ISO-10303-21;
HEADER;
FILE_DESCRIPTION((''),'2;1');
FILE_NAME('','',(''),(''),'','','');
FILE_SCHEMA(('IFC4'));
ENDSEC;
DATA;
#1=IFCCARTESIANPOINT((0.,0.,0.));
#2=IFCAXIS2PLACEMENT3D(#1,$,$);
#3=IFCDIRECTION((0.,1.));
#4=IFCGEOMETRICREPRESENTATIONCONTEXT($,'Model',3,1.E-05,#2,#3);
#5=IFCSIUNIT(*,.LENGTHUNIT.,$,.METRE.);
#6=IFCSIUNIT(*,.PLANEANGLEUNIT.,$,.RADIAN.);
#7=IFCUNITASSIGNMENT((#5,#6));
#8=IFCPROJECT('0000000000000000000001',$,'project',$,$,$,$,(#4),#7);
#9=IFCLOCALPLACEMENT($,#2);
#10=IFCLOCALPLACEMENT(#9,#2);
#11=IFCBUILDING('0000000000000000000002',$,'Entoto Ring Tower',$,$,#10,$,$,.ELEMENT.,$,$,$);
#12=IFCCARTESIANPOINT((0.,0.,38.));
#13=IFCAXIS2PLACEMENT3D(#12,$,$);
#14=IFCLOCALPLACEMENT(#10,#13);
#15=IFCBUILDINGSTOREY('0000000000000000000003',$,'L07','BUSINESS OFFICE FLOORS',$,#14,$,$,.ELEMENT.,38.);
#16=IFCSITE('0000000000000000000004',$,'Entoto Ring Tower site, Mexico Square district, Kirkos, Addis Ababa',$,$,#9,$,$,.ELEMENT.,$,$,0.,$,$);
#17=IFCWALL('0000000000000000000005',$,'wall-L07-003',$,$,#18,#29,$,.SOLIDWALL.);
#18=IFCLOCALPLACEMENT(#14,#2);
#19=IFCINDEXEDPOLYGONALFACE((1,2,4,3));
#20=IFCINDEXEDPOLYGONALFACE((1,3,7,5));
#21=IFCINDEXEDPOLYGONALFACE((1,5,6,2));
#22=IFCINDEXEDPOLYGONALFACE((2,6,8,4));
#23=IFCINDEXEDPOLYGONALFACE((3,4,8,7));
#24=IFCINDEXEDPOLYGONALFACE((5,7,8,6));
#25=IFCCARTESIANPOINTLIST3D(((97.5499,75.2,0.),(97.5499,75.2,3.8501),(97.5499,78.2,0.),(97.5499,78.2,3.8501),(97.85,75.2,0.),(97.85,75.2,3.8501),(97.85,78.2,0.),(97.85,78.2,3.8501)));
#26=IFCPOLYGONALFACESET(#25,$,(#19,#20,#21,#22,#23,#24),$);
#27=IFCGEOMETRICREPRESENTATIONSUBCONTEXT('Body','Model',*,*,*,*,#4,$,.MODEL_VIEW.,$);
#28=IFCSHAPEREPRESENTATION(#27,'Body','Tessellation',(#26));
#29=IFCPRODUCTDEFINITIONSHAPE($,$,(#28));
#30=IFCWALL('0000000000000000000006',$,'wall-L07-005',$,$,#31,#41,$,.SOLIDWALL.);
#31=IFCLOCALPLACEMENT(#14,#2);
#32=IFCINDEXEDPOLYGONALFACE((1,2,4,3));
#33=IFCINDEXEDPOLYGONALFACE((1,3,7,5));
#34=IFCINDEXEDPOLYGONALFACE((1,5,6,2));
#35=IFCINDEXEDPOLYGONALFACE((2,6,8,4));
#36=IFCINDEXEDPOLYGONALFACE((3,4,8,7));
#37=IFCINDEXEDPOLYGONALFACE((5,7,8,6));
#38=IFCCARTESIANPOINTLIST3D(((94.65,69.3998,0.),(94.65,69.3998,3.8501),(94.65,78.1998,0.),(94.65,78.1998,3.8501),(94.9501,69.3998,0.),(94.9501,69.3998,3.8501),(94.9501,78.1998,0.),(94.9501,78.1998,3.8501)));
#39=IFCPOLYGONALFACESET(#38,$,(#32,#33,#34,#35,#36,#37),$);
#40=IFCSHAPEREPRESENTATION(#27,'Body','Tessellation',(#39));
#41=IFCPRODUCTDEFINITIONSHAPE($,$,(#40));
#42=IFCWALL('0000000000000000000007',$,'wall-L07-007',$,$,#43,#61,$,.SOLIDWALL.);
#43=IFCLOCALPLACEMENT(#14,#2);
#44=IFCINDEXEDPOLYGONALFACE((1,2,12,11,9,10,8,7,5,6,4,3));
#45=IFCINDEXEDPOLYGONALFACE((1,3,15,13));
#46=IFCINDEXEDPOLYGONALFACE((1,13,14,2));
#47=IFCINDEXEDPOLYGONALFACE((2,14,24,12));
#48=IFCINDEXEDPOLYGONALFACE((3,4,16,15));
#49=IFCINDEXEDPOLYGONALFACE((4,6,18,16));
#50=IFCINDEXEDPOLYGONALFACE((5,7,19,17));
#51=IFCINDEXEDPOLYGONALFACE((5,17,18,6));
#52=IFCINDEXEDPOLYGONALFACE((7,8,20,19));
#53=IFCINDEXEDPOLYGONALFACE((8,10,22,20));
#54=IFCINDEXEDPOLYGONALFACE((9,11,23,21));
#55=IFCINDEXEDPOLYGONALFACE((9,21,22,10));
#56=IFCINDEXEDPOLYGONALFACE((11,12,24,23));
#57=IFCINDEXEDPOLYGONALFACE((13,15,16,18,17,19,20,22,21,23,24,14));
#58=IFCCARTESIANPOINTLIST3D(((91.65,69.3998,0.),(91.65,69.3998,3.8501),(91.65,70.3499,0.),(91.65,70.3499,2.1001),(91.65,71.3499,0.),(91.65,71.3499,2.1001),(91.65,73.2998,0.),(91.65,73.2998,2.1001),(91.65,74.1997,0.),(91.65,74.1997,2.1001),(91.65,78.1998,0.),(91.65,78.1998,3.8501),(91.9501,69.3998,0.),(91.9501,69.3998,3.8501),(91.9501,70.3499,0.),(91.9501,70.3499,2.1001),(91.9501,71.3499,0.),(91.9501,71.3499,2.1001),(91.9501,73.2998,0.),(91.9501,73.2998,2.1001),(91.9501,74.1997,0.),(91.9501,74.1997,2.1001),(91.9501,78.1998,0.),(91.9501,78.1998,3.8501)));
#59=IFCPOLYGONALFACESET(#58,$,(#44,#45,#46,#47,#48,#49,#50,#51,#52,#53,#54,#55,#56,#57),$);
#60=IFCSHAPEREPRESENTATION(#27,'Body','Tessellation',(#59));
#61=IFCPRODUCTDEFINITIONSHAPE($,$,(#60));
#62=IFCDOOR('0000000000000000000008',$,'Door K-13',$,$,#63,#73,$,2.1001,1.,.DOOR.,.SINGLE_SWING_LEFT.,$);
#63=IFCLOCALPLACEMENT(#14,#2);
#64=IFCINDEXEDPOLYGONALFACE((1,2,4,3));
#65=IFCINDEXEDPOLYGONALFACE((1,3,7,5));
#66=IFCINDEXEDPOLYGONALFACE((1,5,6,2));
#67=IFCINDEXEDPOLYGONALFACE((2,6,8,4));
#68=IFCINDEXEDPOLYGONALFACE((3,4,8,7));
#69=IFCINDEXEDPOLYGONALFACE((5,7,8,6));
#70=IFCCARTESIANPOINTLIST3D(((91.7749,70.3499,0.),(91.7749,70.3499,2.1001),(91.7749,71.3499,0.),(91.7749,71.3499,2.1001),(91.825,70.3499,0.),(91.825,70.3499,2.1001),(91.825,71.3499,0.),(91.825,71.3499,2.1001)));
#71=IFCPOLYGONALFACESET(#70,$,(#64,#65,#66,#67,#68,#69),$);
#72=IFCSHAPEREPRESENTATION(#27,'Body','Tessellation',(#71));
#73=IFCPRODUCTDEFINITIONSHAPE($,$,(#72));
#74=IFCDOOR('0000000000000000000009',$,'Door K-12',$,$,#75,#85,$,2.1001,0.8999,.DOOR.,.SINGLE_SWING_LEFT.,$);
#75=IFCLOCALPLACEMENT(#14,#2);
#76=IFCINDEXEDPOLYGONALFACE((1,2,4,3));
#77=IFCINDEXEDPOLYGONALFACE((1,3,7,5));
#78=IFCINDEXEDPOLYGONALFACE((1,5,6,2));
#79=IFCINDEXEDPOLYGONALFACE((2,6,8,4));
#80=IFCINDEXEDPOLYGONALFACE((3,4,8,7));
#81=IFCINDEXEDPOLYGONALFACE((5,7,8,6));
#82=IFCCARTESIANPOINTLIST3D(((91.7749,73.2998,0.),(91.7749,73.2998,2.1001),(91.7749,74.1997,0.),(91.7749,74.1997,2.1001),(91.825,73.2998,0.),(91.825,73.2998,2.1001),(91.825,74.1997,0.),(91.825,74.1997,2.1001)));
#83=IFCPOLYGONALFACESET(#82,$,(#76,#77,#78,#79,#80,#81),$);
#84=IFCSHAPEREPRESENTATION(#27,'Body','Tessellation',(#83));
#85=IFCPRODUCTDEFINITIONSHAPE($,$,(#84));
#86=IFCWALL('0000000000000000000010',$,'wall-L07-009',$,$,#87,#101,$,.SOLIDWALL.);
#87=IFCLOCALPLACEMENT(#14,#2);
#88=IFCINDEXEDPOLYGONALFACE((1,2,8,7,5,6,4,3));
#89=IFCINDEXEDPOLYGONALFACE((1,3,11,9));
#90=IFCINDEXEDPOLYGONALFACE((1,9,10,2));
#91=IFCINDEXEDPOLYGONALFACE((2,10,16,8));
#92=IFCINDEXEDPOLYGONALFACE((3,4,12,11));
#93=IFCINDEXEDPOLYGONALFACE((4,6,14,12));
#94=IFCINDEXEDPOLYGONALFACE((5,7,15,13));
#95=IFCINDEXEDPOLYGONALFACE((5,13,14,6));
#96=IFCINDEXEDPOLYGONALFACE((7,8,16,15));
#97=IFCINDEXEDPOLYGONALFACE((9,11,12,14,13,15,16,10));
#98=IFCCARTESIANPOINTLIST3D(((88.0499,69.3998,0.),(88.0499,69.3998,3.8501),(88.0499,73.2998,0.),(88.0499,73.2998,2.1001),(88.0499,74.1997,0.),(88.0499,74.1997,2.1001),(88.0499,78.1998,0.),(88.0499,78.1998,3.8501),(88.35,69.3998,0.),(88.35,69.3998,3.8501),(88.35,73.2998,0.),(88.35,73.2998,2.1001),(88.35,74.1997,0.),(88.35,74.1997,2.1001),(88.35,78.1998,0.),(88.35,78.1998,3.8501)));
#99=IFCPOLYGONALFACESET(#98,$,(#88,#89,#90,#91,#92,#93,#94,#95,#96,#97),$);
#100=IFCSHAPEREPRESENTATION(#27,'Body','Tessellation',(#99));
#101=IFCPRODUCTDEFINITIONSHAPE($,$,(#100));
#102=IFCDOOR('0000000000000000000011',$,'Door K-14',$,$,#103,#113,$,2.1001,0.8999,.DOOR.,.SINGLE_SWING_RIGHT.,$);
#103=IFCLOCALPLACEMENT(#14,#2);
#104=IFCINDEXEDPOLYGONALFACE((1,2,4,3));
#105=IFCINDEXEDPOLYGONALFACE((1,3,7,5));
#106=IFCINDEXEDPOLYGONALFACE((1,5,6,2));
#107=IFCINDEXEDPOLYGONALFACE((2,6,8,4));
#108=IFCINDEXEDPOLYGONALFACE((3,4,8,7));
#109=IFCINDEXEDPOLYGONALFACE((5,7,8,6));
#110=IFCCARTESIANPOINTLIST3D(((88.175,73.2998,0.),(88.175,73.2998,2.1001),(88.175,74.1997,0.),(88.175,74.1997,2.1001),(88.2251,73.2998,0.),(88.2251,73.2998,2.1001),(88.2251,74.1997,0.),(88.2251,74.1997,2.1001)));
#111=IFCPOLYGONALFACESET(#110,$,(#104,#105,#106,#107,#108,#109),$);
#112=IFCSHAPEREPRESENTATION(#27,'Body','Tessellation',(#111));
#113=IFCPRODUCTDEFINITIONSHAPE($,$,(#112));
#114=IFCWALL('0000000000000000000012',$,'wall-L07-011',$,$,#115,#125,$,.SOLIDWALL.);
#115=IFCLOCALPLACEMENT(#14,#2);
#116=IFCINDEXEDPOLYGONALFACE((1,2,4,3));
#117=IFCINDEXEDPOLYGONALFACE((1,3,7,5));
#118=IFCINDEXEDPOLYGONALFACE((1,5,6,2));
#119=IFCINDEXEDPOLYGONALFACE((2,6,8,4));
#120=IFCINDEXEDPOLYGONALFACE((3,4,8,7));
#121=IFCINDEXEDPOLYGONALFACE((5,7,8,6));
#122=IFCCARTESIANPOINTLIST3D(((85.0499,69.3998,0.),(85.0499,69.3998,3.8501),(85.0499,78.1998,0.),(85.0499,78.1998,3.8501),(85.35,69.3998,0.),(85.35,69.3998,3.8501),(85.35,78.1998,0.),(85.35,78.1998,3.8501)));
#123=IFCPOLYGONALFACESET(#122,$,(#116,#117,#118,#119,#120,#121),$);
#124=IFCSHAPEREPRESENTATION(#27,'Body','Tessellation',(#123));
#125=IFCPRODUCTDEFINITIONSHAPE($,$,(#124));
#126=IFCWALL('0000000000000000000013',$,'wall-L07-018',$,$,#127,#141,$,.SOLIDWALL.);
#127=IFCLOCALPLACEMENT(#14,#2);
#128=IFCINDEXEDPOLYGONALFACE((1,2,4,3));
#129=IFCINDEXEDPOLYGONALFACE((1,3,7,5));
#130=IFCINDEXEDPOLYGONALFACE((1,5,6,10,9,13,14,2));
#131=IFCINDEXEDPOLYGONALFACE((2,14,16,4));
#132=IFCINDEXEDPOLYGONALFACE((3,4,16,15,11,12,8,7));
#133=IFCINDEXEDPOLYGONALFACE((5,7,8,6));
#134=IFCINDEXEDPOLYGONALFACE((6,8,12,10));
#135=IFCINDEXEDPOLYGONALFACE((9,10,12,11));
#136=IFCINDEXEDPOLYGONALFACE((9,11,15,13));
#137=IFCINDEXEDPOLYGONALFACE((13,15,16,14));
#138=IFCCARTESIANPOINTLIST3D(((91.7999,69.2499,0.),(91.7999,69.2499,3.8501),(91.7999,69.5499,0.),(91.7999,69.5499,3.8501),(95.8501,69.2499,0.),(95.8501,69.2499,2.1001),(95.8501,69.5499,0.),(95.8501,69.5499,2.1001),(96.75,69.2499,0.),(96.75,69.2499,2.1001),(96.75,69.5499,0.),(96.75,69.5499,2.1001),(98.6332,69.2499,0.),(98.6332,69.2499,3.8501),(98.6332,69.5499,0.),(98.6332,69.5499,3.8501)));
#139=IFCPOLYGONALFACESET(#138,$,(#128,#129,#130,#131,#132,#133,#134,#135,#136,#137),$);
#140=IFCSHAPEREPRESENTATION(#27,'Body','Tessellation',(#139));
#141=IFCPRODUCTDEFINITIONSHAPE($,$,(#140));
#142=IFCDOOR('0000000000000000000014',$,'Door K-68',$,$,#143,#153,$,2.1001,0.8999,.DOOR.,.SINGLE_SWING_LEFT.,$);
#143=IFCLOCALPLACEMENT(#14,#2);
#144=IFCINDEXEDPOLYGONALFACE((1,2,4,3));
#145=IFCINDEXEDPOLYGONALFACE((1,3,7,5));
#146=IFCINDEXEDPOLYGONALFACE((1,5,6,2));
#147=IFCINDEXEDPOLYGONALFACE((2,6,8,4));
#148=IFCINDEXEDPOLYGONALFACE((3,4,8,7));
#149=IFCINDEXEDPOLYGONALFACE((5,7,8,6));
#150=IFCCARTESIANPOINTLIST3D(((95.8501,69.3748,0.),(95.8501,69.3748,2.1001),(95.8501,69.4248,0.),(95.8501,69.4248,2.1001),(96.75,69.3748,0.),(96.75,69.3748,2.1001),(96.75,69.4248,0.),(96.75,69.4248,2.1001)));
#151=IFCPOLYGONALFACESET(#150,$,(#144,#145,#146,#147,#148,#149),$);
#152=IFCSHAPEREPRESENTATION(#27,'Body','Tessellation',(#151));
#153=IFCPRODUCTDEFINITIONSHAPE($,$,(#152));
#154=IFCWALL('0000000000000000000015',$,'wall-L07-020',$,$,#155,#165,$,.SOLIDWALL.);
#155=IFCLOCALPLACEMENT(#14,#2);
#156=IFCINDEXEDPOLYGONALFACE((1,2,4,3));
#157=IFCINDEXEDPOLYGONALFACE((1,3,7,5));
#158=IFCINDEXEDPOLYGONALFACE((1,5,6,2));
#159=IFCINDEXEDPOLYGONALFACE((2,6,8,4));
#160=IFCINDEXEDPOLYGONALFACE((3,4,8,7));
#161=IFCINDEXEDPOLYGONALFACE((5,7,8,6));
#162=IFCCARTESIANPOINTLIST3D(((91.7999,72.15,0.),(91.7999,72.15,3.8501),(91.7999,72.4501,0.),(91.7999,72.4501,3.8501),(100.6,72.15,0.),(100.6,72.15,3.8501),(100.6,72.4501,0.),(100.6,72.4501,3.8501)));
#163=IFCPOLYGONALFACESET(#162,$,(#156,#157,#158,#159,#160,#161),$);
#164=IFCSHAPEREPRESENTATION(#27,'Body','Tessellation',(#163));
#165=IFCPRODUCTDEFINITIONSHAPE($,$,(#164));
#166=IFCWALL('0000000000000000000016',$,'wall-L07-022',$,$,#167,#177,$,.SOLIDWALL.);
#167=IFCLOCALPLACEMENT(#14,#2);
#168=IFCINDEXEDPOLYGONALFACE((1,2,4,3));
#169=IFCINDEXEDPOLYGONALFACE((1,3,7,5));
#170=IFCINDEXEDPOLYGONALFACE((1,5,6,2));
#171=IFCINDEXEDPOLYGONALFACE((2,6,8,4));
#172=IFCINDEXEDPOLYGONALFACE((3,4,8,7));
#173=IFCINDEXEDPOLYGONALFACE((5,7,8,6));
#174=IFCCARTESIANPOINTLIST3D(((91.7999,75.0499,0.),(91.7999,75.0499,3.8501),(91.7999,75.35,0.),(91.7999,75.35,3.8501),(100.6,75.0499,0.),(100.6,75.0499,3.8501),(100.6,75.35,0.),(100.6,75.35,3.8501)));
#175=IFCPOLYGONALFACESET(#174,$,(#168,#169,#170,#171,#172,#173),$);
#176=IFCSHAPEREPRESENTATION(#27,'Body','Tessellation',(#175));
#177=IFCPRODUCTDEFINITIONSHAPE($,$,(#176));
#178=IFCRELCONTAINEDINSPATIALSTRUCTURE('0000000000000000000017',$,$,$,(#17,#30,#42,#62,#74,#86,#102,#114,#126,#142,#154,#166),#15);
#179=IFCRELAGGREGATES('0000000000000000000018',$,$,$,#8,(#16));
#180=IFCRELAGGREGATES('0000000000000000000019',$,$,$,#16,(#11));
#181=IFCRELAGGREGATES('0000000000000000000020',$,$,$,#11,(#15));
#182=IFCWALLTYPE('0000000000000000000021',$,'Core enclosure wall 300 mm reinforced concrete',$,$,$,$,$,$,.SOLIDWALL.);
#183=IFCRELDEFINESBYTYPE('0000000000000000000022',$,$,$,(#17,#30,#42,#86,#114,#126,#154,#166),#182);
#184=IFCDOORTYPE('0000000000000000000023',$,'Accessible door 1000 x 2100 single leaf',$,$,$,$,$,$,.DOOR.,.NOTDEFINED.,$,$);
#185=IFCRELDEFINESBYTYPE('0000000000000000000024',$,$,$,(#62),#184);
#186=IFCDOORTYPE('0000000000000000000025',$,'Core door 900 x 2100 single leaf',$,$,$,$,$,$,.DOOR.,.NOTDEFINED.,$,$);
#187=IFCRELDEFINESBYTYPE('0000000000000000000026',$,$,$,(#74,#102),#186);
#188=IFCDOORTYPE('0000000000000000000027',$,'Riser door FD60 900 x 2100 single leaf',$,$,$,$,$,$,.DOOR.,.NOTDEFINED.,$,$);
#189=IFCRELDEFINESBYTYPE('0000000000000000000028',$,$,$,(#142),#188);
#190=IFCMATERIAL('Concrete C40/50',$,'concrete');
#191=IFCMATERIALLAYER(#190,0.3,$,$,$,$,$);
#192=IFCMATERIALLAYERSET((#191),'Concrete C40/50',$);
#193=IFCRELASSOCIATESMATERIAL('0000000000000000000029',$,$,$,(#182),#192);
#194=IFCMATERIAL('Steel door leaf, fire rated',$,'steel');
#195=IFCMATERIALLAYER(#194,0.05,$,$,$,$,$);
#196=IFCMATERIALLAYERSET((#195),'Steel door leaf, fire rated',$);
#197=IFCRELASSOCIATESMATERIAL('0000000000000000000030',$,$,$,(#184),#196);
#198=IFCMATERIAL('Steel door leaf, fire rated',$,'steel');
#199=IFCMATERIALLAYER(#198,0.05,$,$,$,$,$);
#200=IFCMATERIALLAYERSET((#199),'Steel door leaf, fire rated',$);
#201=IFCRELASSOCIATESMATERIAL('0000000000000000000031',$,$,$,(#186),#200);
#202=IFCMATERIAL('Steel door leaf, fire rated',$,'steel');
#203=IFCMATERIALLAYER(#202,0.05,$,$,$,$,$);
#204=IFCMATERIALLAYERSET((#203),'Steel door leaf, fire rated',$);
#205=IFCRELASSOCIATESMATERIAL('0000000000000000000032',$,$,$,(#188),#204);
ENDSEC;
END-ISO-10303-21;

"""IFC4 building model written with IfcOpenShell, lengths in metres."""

from ifc_helpers import new_model, si_unit, direction, frame, frame_2d, origin, place, context, subcontext, project, spatial, rectangle, extrude, material, layer, layer_set, type_object, element, fill, save


model = new_model("IFC4")

# Units and contexts
model_context = context("Model", 3, precision=1e-05, world=origin(), true_north=direction((0.0, 1.0)))
body_context = subcontext(model_context, "Body", "Model", "MODEL_VIEW")
ifc_project = project(units=[si_unit("LENGTHUNIT", "METRE"), si_unit("PLANEANGLEUNIT", "RADIAN")], contexts=[model_context])

# Site, building, storey
site_placement = place(None, origin())
site = spatial("IfcSite", under=ifc_project, at=site_placement, Name="Entoto Ring Tower site, Mexico Square district, Kirkos, Addis Ababa", CompositionType="ELEMENT", RefElevation=0.0)
building_placement = place(site_placement, origin())
building = spatial("IfcBuilding", under=site, at=building_placement, Name="Entoto Ring Tower", CompositionType="ELEMENT")
storey_placement = place(building_placement, frame((0.0, 0.0, 38.0)))
storey = spatial("IfcBuildingStorey", under=building, at=storey_placement, Name="L07", Description="BUSINESS OFFICE FLOORS", CompositionType="ELEMENT", Elevation=38.0)

# Walls
ifc_material_1 = material(Name="Concrete C40/50", Category="concrete")
ifc_layer_1 = layer(ifc_material_1, 0.3)
ifc_layer_set_1 = layer_set([ifc_layer_1], Name="Concrete C40/50")
wall_type_1 = type_object("IfcWallType", Name="Core enclosure wall 300 mm reinforced concrete", PredefinedType="SOLIDWALL", material=ifc_layer_set_1)
wall_1_placement = place(storey_placement, frame((97.7, 75.2, 0.0), z_axis=(0.0, 0.0, 1.0), x_axis=(0.0, 1.0, 0.0)))
element("IfcWall", 1, at=wall_1_placement, inside=storey, type_object=wall_type_1, Name="wall-L07-003", PredefinedType="SOLIDWALL", context=body_context, shape_type="SweptSolid", body=[
    extrude(rectangle(XDim=3.0, YDim=0.3, at=frame_2d((1.5, 0.0))), origin(), (0.0, 0.0, 1.0), 3.8501),
])
wall_2_placement = place(storey_placement, frame((94.8, 69.3999, 0.0), z_axis=(0.0, 0.0, 1.0), x_axis=(0.0, 1.0, 0.0)))
element("IfcWall", 2, at=wall_2_placement, inside=storey, type_object=wall_type_1, Name="wall-L07-005", PredefinedType="SOLIDWALL", context=body_context, shape_type="SweptSolid", body=[
    extrude(rectangle(XDim=8.8, YDim=0.3, at=frame_2d((4.3999, 0.0))), origin(), (0.0, 0.0, 1.0), 3.8501),
])

# Wall, openings, doors
wall_3_placement = place(storey_placement, frame((91.8, 69.3999, 0.0), z_axis=(0.0, 0.0, 1.0), x_axis=(0.0, 1.0, 0.0)))
wall_3 = element("IfcWall", 3, at=wall_3_placement, inside=storey, type_object=wall_type_1, Name="wall-L07-007", PredefinedType="SOLIDWALL", context=body_context, shape_type="SweptSolid", body=[
    extrude(rectangle(XDim=8.8, YDim=0.3, at=frame_2d((4.3999, 0.0))), origin(), (0.0, 0.0, 1.0), 3.8501),
])
opening_1_placement = place(wall_3_placement, frame((3.8999, 0.0, 0.0)))
opening_1 = element("IfcOpeningElement", 4, at=opening_1_placement, cuts=wall_3, PredefinedType="OPENING", context=body_context, shape_type="SweptSolid", body=[
    extrude(rectangle(XDim=0.8999, YDim=2.1001, at=frame_2d((0.45, 1.05))), frame((0.0, 0.1602, 0.0), z_axis=(0.0, -1.0, 0.0), x_axis=(1.0, 0.0, 0.0)), (0.0, 0.0, 1.0), 0.3201),
])
opening_2_placement = place(wall_3_placement, frame((0.95, 0.0, 0.0)))
opening_2 = element("IfcOpeningElement", 5, at=opening_2_placement, cuts=wall_3, PredefinedType="OPENING", context=body_context, shape_type="SweptSolid", body=[
    extrude(rectangle(XDim=1.0, YDim=2.1001, at=frame_2d((0.5, 1.05))), frame((0.0, 0.1602, 0.0), z_axis=(0.0, -1.0, 0.0), x_axis=(1.0, 0.0, 0.0)), (0.0, 0.0, 1.0), 0.3201),
])
ifc_material_2 = material(Name="Steel door leaf, fire rated", Category="steel")
ifc_layer_2 = layer(ifc_material_2, 0.05)
ifc_layer_set_2 = layer_set([ifc_layer_2], Name="Steel door leaf, fire rated")
door_type_1 = type_object("IfcDoorType", Name="Accessible door 1000 x 2100 single leaf", OperationType="NOTDEFINED", PredefinedType="DOOR", material=ifc_layer_set_2)
door_1_placement = place(opening_2_placement, frame((1.0, 0.0, 0.0), z_axis=(0.0, 0.0, 1.0), x_axis=(-1.0, 0.0, 0.0)))
door_1 = element("IfcDoor", 6, at=door_1_placement, inside=storey, type_object=door_type_1, Name="Door K-13", OperationType="SINGLE_SWING_LEFT", OverallHeight=2.1001, OverallWidth=1.0, PredefinedType="DOOR", context=body_context, shape_type="SweptSolid", body=[
    extrude(rectangle(XDim=1.0, YDim=2.1001, at=frame_2d((0.5, 1.05))), frame((0.0, 0.0249, 0.0), z_axis=(0.0, -1.0, 0.0), x_axis=(1.0, 0.0, 0.0)), (0.0, 0.0, 1.0), 0.05),
])
fill(opening_2, door_1)
ifc_material_3 = material(Name="Steel door leaf, fire rated", Category="steel")
ifc_layer_3 = layer(ifc_material_3, 0.05)
ifc_layer_set_3 = layer_set([ifc_layer_3], Name="Steel door leaf, fire rated")
door_type_2 = type_object("IfcDoorType", Name="Core door 900 x 2100 single leaf", OperationType="NOTDEFINED", PredefinedType="DOOR", material=ifc_layer_set_3)
door_2_placement = place(opening_1_placement, frame((0.8999, 0.0, 0.0), z_axis=(0.0, 0.0, 1.0), x_axis=(-1.0, 0.0, 0.0)))
door_2 = element("IfcDoor", 7, at=door_2_placement, inside=storey, type_object=door_type_2, Name="Door K-12", OperationType="SINGLE_SWING_LEFT", OverallHeight=2.1001, OverallWidth=0.8999, PredefinedType="DOOR", context=body_context, shape_type="SweptSolid", body=[
    extrude(rectangle(XDim=0.8999, YDim=2.1001, at=frame_2d((0.45, 1.05))), frame((0.0, 0.0249, 0.0), z_axis=(0.0, -1.0, 0.0), x_axis=(1.0, 0.0, 0.0)), (0.0, 0.0, 1.0), 0.05),
])
fill(opening_1, door_2)

# Wall, opening, door
wall_4_placement = place(storey_placement, frame((88.2, 69.3999, 0.0), z_axis=(0.0, 0.0, 1.0), x_axis=(0.0, 1.0, 0.0)))
wall_4 = element("IfcWall", 8, at=wall_4_placement, inside=storey, type_object=wall_type_1, Name="wall-L07-009", PredefinedType="SOLIDWALL", context=body_context, shape_type="SweptSolid", body=[
    extrude(rectangle(XDim=8.8, YDim=0.3, at=frame_2d((4.3999, 0.0))), origin(), (0.0, 0.0, 1.0), 3.8501),
])
opening_3_placement = place(wall_4_placement, frame((3.8999, 0.0, 0.0)))
opening_3 = element("IfcOpeningElement", 9, at=opening_3_placement, cuts=wall_4, PredefinedType="OPENING", context=body_context, shape_type="SweptSolid", body=[
    extrude(rectangle(XDim=0.8999, YDim=2.1001, at=frame_2d((0.45, 1.05))), frame((0.0, 0.1602, 0.0), z_axis=(0.0, -1.0, 0.0), x_axis=(1.0, 0.0, 0.0)), (0.0, 0.0, 1.0), 0.3201),
])
door_3_placement = place(opening_3_placement, origin())
door_3 = element("IfcDoor", 10, at=door_3_placement, inside=storey, type_object=door_type_2, Name="Door K-14", OperationType="SINGLE_SWING_RIGHT", OverallHeight=2.1001, OverallWidth=0.8999, PredefinedType="DOOR", context=body_context, shape_type="SweptSolid", body=[
    extrude(rectangle(XDim=0.8999, YDim=2.1001, at=frame_2d((0.45, 1.05))), frame((0.0, 0.0249, 0.0), z_axis=(0.0, -1.0, 0.0), x_axis=(1.0, 0.0, 0.0)), (0.0, 0.0, 1.0), 0.05),
])
fill(opening_3, door_3)

# Wall
wall_5_placement = place(storey_placement, frame((85.2, 69.3999, 0.0), z_axis=(0.0, 0.0, 1.0), x_axis=(0.0, 1.0, 0.0)))
element("IfcWall", 11, at=wall_5_placement, inside=storey, type_object=wall_type_1, Name="wall-L07-011", PredefinedType="SOLIDWALL", context=body_context, shape_type="SweptSolid", body=[
    extrude(rectangle(XDim=8.8, YDim=0.3, at=frame_2d((4.3999, 0.0))), origin(), (0.0, 0.0, 1.0), 3.8501),
])

# Wall, opening, door
wall_6_placement = place(storey_placement, frame((91.8, 69.3999, 0.0), z_axis=(0.0, 0.0, 1.0), x_axis=(1.0, 0.0, 0.0)))
wall_6 = element("IfcWall", 12, at=wall_6_placement, inside=storey, type_object=wall_type_1, Name="wall-L07-018", PredefinedType="SOLIDWALL", context=body_context, shape_type="SweptSolid", body=[
    extrude(rectangle(XDim=6.8333, YDim=0.3, at=frame_2d((3.4165, 0.0))), origin(), (0.0, 0.0, 1.0), 3.8501),
])
opening_4_placement = place(wall_6_placement, frame((4.05, 0.0, 0.0)))
opening_4 = element("IfcOpeningElement", 13, at=opening_4_placement, cuts=wall_6, PredefinedType="OPENING", context=body_context, shape_type="SweptSolid", body=[
    extrude(rectangle(XDim=0.8999, YDim=2.1001, at=frame_2d((0.45, 1.05))), frame((0.0, 0.1602, 0.0), z_axis=(0.0, -1.0, 0.0), x_axis=(1.0, 0.0, 0.0)), (0.0, 0.0, 1.0), 0.3201),
])
ifc_material_4 = material(Name="Steel door leaf, fire rated", Category="steel")
ifc_layer_4 = layer(ifc_material_4, 0.05)
ifc_layer_set_4 = layer_set([ifc_layer_4], Name="Steel door leaf, fire rated")
door_type_3 = type_object("IfcDoorType", Name="Riser door FD60 900 x 2100 single leaf", OperationType="NOTDEFINED", PredefinedType="DOOR", material=ifc_layer_set_4)
door_4_placement = place(opening_4_placement, origin())
door_4 = element("IfcDoor", 14, at=door_4_placement, inside=storey, type_object=door_type_3, Name="Door K-68", OperationType="SINGLE_SWING_LEFT", OverallHeight=2.1001, OverallWidth=0.8999, PredefinedType="DOOR", context=body_context, shape_type="SweptSolid", body=[
    extrude(rectangle(XDim=0.8999, YDim=2.1001, at=frame_2d((0.45, 1.05))), frame((0.0, 0.0249, 0.0), z_axis=(0.0, -1.0, 0.0), x_axis=(1.0, 0.0, 0.0)), (0.0, 0.0, 1.0), 0.05),
])
fill(opening_4, door_4)

# Walls
for number, where, z_axis, x_axis, name in (
    (15, (91.8, 72.3, 0.0), (0.0, 0.0, 1.0), (1.0, 0.0, 0.0), "wall-L07-020"),
    (16, (91.8, 75.2, 0.0), (0.0, 0.0, 1.0), (1.0, 0.0, 0.0), "wall-L07-022"),
):
    element("IfcWall", number, at=place(storey_placement, frame(where, z_axis=z_axis, x_axis=x_axis)), inside=storey, type_object=wall_type_1, Name=name, PredefinedType="SOLIDWALL", context=body_context, shape_type="SweptSolid", body=[
        extrude(rectangle(XDim=8.8, YDim=0.3, at=frame_2d((4.3999, 0.0))), origin(), (0.0, 0.0, 1.0), 3.8501),
    ])

save(model, "model.ifc")
